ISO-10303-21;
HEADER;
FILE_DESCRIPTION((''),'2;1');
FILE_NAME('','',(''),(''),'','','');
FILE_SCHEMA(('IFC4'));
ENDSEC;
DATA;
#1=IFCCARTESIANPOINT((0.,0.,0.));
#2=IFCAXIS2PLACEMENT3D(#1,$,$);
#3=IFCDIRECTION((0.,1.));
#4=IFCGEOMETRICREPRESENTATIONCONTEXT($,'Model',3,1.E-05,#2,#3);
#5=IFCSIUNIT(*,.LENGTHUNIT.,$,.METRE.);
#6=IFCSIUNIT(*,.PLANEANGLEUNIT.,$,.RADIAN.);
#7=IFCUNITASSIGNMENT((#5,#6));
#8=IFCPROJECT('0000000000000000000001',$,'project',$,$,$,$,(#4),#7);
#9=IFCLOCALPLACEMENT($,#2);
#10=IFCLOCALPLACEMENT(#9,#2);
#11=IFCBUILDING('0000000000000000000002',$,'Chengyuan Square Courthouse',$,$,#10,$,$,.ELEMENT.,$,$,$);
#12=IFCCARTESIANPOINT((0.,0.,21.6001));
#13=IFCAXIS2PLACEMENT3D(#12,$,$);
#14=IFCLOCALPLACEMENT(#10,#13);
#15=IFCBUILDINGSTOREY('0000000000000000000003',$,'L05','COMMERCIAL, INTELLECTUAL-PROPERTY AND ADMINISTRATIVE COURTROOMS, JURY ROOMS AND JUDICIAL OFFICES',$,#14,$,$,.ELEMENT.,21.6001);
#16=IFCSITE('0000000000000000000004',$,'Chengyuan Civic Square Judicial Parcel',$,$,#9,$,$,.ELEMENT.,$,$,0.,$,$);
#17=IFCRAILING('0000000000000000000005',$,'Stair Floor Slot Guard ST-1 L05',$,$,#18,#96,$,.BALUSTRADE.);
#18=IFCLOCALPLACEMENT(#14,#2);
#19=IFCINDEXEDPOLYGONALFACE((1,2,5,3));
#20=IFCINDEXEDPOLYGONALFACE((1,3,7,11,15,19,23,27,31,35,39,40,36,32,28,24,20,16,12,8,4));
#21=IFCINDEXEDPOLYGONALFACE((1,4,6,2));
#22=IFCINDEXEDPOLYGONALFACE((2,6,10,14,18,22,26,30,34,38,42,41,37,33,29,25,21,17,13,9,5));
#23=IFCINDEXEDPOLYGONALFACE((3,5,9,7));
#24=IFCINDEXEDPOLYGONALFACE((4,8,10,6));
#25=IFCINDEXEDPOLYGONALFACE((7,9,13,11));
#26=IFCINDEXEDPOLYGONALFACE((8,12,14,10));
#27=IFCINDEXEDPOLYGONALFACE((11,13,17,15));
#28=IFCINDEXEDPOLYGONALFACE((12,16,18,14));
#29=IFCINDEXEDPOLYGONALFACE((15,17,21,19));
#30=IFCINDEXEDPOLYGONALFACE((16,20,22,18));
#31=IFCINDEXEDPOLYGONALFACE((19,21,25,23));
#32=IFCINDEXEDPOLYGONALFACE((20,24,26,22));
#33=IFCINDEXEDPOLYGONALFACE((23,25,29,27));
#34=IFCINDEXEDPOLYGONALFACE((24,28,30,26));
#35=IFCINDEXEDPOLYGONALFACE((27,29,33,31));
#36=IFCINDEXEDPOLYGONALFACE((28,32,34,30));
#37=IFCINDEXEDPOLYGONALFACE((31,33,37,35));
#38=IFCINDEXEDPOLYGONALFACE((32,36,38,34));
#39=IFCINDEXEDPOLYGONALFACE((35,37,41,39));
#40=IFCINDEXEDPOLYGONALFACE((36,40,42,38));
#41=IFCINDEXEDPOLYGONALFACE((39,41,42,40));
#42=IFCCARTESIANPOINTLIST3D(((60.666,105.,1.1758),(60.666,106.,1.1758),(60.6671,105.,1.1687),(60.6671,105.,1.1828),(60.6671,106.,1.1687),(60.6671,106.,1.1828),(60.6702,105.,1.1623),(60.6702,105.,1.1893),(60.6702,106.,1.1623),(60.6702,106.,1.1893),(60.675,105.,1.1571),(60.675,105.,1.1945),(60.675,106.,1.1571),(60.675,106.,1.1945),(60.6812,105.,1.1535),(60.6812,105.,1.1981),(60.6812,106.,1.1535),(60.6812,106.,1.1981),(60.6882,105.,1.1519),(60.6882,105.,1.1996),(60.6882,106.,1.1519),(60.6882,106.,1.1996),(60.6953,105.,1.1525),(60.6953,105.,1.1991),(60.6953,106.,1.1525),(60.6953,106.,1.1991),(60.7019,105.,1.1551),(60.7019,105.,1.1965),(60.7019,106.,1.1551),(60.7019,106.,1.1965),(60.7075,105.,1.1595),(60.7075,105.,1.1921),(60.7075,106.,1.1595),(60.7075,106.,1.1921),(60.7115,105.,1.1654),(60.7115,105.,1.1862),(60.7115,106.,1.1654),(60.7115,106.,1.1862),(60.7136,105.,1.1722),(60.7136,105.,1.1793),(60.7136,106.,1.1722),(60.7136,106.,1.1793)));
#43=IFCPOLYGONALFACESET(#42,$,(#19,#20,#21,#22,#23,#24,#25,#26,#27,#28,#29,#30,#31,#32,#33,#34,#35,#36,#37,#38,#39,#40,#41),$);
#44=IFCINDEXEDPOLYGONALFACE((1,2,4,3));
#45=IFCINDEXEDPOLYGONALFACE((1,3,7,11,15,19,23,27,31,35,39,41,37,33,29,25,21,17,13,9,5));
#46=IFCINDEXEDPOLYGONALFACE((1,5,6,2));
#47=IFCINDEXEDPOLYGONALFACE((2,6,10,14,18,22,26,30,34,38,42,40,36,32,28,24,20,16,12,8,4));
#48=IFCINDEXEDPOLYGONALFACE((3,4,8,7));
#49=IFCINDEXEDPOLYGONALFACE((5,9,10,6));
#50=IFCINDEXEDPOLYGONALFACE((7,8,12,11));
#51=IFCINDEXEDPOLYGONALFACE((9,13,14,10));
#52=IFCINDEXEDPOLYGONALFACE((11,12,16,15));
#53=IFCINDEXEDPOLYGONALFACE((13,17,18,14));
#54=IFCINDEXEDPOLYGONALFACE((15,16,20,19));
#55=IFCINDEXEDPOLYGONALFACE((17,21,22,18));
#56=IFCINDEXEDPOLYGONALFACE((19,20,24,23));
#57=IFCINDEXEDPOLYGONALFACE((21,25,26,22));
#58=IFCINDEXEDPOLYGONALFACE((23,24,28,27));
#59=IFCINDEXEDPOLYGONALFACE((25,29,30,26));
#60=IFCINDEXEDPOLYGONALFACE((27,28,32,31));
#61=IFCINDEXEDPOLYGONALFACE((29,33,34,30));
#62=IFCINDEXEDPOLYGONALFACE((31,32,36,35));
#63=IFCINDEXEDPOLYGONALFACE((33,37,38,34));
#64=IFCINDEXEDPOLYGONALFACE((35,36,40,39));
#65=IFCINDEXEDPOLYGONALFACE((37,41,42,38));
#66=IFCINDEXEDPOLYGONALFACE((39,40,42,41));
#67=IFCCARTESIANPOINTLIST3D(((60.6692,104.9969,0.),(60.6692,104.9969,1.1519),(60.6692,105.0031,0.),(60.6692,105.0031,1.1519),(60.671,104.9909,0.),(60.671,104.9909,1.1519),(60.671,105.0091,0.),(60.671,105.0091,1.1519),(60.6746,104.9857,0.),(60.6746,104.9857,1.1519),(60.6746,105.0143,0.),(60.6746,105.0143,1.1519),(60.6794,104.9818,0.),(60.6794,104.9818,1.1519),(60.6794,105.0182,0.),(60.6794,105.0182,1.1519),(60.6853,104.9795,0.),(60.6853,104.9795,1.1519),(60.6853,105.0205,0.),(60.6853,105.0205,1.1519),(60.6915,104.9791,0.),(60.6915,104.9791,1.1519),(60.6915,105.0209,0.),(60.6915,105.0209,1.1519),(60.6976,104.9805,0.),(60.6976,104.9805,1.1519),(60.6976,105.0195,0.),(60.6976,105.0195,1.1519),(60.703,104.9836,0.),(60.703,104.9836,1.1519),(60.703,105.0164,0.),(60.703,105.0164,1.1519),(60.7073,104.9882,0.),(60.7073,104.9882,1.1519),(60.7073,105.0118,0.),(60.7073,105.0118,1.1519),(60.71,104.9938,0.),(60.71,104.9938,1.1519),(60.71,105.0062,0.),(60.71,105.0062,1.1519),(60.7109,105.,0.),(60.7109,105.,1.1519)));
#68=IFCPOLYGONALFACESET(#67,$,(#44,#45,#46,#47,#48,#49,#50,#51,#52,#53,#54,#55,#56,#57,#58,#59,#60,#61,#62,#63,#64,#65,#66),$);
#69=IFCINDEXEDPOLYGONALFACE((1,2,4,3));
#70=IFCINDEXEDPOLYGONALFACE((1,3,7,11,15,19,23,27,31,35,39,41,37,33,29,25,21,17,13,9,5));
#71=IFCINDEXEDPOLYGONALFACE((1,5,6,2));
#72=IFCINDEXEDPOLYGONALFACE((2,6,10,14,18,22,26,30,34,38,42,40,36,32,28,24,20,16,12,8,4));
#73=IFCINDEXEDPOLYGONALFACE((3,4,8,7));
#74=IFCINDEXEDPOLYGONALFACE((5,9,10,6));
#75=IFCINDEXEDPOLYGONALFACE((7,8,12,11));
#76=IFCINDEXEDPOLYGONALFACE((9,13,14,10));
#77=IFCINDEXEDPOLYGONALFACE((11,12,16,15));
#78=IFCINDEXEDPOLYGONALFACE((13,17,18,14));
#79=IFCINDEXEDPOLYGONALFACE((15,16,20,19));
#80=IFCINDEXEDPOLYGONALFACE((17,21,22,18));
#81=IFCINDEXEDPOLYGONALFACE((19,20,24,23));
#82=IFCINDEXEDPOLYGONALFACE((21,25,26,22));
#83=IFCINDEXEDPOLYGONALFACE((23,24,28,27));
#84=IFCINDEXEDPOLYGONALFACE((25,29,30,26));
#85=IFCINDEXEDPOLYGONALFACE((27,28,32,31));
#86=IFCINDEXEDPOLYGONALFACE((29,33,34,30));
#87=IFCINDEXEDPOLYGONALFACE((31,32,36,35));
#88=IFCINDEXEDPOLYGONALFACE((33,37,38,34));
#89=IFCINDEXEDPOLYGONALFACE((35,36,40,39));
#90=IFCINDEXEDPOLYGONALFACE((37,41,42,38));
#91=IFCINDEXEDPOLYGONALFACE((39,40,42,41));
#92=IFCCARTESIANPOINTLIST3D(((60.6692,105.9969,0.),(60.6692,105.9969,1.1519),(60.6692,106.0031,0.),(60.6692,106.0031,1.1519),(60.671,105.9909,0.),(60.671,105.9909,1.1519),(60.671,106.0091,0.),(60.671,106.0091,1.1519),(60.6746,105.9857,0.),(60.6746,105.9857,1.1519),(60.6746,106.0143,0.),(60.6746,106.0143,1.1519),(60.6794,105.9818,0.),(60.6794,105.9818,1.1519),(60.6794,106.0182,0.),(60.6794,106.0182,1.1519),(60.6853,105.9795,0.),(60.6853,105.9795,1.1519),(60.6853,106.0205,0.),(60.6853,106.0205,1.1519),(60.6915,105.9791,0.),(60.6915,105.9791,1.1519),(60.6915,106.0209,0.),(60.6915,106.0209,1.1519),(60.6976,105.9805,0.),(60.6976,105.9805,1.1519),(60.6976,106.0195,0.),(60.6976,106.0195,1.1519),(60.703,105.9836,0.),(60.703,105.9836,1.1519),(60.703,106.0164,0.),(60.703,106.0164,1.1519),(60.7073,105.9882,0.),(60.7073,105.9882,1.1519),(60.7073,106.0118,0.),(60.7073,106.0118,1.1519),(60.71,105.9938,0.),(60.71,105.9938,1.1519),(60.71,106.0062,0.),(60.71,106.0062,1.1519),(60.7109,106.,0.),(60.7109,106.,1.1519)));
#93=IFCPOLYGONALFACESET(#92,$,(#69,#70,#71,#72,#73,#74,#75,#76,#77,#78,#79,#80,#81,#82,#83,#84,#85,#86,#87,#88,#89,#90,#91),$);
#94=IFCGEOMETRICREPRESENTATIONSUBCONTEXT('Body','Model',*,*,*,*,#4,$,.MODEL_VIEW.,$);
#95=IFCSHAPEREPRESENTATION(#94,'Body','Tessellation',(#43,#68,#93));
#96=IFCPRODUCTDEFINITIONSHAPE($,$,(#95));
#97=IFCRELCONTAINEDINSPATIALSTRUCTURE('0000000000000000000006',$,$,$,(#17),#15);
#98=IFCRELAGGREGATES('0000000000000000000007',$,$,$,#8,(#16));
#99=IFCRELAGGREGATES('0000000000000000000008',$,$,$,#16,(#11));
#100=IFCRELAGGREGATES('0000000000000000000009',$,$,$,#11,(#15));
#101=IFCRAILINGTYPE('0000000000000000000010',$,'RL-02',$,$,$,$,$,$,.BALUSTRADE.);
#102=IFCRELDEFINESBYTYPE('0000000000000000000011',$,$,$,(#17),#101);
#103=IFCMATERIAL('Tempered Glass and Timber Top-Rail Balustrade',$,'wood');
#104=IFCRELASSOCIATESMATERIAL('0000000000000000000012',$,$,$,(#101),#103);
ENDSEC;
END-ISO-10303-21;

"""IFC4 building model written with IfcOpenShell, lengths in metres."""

from ifc_helpers import new_model, si_unit, direction, frame, origin, origin_2d, place, context, subcontext, project, spatial, circle, extrude, material, type_object, element, save


model = new_model("IFC4")

# Units and contexts
model_context = context("Model", 3, precision=1e-05, world=origin(), true_north=direction((0.0, 1.0)))
body_context = subcontext(model_context, "Body", "Model", "MODEL_VIEW")
ifc_project = project(units=[si_unit("LENGTHUNIT", "METRE"), si_unit("PLANEANGLEUNIT", "RADIAN")], contexts=[model_context])

# Site, building, storey
site_placement = place(None, origin())
site = spatial("IfcSite", under=ifc_project, at=site_placement, Name="Chengyuan Civic Square Judicial Parcel", CompositionType="ELEMENT", RefElevation=0.0)
building_placement = place(site_placement, origin())
building = spatial("IfcBuilding", under=site, at=building_placement, Name="Chengyuan Square Courthouse", CompositionType="ELEMENT")
storey_placement = place(building_placement, frame((0.0, 0.0, 21.6001)))
storey = spatial("IfcBuildingStorey", under=building, at=storey_placement, Name="L05", Description="COMMERCIAL, INTELLECTUAL-PROPERTY AND ADMINISTRATIVE COURTROOMS, JURY ROOMS AND JUDICIAL OFFICES", CompositionType="ELEMENT", Elevation=21.6001)

# Railing
ifc_material_1 = material(Name="Tempered Glass and Timber Top-Rail Balustrade", Category="wood")
railing_type_1 = type_object("IfcRailingType", Name="RL-02", PredefinedType="BALUSTRADE", material=ifc_material_1)
railing_1_placement = place(storey_placement, frame((60.6899, 105.0, 0.0)))
element("IfcRailing", 1, at=railing_1_placement, inside=storey, type_object=railing_type_1, Name="Stair Floor Slot Guard ST-1 L05", PredefinedType="BALUSTRADE", context=body_context, shape_type="SweptSolid", body=[
    extrude(circle(Radius=0.0239, at=origin_2d()), frame((0.0, 0.0, 1.1758), z_axis=(0.0, 1.0, 0.0), x_axis=(-1.0, 0.0, 0.0)), (0.0, 0.0, 1.0), 1.0),
    extrude(circle(Radius=0.021, at=origin_2d()), origin(), (0.0, 0.0, 1.0), 1.1519),
    extrude(circle(Radius=0.021, at=origin_2d()), frame((0.0, 1.0, 0.0)), (0.0, 0.0, 1.0), 1.1519),
])

save(model, "model.ifc")
